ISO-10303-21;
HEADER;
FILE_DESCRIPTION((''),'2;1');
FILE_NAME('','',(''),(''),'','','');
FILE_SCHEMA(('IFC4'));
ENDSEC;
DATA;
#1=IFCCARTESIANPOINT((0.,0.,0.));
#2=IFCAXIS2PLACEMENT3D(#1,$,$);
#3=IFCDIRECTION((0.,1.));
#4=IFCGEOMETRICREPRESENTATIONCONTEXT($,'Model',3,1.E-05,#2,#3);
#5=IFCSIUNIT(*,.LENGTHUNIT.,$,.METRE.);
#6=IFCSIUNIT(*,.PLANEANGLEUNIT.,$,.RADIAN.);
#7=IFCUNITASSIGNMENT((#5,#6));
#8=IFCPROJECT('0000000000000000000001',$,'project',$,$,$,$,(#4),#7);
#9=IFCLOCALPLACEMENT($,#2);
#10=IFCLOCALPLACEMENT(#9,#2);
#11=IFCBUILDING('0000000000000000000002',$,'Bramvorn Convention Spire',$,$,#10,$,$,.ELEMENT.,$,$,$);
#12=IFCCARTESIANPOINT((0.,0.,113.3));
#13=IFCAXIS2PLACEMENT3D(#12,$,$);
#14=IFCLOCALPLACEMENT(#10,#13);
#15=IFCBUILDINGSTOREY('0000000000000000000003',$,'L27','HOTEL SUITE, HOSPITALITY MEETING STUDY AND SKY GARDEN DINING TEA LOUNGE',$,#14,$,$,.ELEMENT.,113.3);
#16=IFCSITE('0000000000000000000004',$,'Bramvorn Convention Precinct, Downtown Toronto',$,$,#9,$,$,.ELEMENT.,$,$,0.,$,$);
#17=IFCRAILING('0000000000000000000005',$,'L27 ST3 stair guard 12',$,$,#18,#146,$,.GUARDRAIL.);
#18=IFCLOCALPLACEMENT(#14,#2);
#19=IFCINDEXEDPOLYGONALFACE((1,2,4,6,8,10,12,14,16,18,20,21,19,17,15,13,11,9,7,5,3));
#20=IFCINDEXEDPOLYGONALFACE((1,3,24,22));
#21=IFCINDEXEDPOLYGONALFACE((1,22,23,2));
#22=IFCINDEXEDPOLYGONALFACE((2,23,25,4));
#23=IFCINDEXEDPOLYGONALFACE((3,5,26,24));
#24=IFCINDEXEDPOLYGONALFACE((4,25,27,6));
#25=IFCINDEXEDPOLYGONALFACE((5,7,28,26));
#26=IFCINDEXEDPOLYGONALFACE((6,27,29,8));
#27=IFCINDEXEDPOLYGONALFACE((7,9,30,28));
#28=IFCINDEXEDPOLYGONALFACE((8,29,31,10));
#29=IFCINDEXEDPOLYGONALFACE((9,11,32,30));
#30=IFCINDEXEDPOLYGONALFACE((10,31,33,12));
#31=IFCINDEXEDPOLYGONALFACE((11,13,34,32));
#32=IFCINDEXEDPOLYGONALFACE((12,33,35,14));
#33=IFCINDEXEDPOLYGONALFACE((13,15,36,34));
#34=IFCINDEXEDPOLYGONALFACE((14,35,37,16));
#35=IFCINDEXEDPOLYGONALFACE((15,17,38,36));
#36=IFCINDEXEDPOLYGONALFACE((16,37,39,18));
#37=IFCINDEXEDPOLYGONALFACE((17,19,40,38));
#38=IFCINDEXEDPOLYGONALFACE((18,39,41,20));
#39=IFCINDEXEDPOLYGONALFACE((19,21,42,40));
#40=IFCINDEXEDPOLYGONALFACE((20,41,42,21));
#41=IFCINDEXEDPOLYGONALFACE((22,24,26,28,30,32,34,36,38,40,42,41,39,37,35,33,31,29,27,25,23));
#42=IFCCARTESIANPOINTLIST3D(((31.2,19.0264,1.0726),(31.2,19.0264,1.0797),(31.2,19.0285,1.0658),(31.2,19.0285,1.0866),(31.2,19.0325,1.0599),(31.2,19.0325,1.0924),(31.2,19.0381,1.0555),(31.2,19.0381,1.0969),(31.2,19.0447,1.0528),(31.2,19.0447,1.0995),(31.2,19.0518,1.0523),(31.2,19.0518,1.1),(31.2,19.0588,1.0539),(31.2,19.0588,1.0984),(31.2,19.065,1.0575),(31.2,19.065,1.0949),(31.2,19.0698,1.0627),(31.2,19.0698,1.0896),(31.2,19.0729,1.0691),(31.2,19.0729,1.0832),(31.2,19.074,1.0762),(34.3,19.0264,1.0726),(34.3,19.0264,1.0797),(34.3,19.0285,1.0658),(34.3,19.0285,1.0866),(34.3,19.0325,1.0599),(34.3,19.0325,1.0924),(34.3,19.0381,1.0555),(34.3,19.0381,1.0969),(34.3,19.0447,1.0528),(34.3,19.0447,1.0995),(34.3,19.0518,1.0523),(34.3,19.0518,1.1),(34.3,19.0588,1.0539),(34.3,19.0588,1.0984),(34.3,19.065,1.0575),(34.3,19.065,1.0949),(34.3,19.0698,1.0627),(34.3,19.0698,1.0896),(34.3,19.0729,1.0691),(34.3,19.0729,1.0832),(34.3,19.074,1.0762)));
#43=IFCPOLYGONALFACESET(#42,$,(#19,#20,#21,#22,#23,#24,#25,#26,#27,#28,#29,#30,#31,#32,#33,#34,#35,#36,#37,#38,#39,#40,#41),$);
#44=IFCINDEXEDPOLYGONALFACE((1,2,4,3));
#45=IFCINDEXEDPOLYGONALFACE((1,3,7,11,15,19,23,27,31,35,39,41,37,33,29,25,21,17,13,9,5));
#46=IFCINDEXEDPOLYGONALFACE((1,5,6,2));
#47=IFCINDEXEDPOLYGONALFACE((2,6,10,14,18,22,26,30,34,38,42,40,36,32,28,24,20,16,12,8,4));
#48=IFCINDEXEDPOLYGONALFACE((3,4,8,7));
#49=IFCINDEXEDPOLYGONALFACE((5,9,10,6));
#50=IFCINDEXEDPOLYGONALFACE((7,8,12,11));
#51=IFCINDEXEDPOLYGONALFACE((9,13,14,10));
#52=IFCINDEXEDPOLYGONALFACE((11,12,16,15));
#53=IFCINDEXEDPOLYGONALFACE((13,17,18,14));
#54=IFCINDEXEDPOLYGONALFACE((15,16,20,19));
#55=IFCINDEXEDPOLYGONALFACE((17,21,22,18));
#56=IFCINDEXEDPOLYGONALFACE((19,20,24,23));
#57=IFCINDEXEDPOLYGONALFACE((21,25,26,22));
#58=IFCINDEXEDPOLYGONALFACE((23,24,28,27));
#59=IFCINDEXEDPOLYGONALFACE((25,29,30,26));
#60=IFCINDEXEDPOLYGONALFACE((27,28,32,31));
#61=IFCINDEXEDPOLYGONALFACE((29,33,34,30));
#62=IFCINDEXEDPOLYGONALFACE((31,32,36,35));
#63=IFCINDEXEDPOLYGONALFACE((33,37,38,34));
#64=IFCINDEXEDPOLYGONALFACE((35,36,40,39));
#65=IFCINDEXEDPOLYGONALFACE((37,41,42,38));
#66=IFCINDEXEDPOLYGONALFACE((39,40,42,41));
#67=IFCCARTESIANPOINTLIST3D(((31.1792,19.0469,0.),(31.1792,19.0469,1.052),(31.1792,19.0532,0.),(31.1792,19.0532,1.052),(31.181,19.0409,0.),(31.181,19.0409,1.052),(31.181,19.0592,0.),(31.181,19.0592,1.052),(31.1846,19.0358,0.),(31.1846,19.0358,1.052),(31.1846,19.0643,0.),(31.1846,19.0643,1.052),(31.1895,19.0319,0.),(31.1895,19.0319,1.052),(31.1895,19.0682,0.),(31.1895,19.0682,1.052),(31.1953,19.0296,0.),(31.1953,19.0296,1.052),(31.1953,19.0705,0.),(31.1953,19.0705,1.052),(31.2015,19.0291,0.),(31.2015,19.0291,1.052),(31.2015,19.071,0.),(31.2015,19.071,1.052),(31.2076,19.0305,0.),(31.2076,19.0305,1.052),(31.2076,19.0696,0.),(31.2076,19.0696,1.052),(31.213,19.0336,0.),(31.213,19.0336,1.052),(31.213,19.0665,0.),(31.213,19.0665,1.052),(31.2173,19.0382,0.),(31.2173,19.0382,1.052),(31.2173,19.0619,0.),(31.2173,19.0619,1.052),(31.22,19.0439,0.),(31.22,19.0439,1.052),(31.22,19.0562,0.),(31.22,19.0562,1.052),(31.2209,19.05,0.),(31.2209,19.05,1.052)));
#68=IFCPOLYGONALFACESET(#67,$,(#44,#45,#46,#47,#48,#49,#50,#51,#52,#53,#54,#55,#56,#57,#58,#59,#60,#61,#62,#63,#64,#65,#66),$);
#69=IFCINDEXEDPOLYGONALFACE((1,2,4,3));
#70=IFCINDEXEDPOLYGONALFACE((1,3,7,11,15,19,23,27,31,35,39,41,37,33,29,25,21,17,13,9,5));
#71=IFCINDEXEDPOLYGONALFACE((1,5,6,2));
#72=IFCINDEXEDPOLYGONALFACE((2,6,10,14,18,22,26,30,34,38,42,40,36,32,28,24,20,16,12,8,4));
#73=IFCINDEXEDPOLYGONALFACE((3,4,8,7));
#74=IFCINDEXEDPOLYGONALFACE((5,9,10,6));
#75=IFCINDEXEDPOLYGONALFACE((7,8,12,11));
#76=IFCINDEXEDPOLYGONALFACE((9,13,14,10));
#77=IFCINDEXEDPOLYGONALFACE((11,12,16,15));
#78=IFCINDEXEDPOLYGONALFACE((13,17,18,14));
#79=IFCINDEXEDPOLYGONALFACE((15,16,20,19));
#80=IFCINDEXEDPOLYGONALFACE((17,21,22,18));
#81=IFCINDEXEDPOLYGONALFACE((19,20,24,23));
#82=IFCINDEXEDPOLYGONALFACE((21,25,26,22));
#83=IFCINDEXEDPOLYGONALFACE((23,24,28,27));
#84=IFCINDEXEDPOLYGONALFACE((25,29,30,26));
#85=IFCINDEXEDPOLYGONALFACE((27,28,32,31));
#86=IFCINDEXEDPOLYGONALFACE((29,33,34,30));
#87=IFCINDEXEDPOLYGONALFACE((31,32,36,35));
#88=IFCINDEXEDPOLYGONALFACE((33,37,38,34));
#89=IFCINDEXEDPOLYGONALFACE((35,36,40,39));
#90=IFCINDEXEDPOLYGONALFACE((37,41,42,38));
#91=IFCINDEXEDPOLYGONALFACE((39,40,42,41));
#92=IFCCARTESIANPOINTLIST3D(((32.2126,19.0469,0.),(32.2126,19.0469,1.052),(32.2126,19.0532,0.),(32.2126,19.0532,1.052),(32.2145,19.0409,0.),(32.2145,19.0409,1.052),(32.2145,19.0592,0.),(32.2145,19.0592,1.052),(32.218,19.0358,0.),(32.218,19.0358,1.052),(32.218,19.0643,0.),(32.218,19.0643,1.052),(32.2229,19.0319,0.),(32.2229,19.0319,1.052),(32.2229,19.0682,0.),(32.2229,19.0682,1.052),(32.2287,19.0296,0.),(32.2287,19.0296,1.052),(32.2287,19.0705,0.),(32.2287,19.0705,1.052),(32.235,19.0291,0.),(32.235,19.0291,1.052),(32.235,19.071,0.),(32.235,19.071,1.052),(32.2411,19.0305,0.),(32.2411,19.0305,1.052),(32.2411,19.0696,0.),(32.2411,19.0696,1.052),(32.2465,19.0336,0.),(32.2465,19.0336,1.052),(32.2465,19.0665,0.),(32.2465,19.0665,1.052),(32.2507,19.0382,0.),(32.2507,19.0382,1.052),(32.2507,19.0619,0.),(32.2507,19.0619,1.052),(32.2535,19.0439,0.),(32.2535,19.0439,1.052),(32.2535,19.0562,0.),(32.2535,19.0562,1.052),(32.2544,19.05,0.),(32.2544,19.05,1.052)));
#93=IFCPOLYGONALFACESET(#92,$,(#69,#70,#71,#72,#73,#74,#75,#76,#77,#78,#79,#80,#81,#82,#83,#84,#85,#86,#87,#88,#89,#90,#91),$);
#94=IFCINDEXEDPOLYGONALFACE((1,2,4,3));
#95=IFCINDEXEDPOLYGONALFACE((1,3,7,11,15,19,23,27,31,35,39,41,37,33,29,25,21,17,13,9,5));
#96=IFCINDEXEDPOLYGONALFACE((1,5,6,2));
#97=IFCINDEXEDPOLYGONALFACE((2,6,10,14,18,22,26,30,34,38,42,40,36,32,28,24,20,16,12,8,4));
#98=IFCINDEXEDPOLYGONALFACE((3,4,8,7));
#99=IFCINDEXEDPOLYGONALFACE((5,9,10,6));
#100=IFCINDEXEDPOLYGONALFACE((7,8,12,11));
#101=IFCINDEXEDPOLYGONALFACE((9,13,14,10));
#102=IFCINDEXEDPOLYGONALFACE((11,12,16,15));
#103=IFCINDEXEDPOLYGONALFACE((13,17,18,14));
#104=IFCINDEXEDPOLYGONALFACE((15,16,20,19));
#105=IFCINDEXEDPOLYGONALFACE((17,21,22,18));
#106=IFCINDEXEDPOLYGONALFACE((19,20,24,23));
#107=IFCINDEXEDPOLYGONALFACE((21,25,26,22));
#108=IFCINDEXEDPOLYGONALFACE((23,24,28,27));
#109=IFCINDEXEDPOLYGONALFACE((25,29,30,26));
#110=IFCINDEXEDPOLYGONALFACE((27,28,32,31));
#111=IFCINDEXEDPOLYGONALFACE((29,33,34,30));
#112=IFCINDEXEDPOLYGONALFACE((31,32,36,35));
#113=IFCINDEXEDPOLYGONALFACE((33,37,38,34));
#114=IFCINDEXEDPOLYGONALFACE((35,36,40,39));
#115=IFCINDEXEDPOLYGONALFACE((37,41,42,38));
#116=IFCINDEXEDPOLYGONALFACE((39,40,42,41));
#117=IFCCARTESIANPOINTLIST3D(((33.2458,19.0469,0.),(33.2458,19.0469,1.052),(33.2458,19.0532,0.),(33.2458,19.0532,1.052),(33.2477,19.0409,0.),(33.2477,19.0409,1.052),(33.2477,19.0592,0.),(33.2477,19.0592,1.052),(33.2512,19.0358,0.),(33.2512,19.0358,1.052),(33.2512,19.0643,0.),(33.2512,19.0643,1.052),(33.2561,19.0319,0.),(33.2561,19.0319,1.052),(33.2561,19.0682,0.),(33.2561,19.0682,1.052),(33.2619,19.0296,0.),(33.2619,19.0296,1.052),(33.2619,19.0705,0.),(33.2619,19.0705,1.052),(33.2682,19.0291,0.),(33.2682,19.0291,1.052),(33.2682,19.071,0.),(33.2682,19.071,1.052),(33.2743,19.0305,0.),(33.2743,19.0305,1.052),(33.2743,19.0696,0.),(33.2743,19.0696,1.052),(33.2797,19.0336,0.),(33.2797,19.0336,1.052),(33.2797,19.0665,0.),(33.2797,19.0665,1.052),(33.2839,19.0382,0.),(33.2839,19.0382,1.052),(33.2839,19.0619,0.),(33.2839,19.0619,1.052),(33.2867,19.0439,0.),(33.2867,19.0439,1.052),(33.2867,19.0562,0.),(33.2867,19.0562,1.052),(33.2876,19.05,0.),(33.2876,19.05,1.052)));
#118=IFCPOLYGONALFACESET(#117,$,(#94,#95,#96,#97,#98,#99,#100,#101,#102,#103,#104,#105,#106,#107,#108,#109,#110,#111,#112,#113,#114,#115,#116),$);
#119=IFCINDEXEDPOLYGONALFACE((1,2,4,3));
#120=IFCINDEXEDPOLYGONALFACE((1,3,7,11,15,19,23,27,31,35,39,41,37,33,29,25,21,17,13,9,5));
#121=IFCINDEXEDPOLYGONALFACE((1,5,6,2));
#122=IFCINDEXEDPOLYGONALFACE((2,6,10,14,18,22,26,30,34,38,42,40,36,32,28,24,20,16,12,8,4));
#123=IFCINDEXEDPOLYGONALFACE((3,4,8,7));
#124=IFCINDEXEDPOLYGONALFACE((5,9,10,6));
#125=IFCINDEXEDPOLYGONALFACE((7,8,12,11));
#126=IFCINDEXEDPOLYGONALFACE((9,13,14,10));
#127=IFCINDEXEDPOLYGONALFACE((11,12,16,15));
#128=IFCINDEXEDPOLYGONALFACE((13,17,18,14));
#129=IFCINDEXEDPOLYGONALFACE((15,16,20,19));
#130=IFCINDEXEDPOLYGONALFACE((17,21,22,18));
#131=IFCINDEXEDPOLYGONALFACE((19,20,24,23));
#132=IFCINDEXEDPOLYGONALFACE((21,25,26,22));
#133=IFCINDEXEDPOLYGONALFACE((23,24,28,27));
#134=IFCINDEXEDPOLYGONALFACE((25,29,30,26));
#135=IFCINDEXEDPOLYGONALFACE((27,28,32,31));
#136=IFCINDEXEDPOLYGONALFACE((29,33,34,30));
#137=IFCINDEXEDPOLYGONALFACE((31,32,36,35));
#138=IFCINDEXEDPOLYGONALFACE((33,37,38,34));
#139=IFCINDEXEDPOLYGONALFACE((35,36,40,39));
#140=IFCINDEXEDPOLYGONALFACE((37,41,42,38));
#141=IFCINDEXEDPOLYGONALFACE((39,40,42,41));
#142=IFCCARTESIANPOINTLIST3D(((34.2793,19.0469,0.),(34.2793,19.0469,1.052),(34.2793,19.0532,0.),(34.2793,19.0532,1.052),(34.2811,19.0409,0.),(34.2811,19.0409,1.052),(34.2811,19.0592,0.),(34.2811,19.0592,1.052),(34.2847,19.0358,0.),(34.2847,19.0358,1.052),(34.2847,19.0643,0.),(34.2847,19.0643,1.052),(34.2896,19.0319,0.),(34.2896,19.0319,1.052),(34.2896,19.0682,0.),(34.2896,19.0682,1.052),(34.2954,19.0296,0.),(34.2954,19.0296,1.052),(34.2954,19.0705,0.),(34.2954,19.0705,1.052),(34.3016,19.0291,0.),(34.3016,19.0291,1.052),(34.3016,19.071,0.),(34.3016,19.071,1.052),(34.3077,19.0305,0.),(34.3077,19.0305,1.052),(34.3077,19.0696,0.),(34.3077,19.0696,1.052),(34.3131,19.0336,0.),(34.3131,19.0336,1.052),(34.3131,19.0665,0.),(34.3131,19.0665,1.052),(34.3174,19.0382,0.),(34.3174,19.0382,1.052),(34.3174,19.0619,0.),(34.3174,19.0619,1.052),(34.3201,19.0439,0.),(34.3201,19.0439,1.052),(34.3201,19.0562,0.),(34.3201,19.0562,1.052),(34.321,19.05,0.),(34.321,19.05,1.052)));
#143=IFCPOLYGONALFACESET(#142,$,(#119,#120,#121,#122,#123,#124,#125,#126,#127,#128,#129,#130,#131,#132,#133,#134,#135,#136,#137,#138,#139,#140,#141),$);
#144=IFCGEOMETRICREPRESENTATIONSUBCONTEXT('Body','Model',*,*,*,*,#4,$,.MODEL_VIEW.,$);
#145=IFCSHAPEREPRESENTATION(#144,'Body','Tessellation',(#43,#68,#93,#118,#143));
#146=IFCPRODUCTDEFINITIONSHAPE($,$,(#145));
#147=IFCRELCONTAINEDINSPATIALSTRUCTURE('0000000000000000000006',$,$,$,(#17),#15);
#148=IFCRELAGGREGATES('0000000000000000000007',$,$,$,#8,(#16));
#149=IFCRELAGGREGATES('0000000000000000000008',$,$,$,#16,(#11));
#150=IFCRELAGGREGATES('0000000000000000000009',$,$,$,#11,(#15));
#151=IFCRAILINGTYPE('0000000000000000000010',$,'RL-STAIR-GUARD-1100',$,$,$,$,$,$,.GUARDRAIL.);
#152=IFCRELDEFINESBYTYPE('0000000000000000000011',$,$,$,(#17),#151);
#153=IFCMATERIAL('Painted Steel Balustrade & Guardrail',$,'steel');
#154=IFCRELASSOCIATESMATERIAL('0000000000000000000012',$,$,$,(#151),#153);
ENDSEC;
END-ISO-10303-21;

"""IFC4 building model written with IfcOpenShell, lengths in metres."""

from ifc_helpers import new_model, si_unit, direction, frame, origin, origin_2d, place, context, subcontext, project, spatial, circle, extrude, material, type_object, element, save


model = new_model("IFC4")

# Units and contexts
model_context = context("Model", 3, precision=1e-05, world=origin(), true_north=direction((0.0, 1.0)))
body_context = subcontext(model_context, "Body", "Model", "MODEL_VIEW")
ifc_project = project(units=[si_unit("LENGTHUNIT", "METRE"), si_unit("PLANEANGLEUNIT", "RADIAN")], contexts=[model_context])

# Site, building, storey
site_placement = place(None, origin())
site = spatial("IfcSite", under=ifc_project, at=site_placement, Name="Bramvorn Convention Precinct, Downtown Toronto", CompositionType="ELEMENT", RefElevation=0.0)
building_placement = place(site_placement, origin())
building = spatial("IfcBuilding", under=site, at=building_placement, Name="Bramvorn Convention Spire", CompositionType="ELEMENT")
storey_placement = place(building_placement, frame((0.0, 0.0, 113.3)))
storey = spatial("IfcBuildingStorey", under=building, at=storey_placement, Name="L27", Description="HOTEL SUITE, HOSPITALITY MEETING STUDY AND SKY GARDEN DINING TEA LOUNGE", CompositionType="ELEMENT", Elevation=113.3)

# Railing
ifc_material_1 = material(Name="Painted Steel Balustrade & Guardrail", Category="steel")
railing_type = type_object("IfcRailingType", Name="RL-STAIR-GUARD-1100", PredefinedType="GUARDRAIL", material=ifc_material_1)
railing_1_placement = place(storey_placement, frame((31.2, 19.05, 0.0)))
element("IfcRailing", 1, at=railing_1_placement, inside=storey, type_object=railing_type, Name="L27 ST3 stair guard 12", PredefinedType="GUARDRAIL", context=body_context, shape_type="SweptSolid", body=[
    extrude(circle(Radius=0.0239, at=origin_2d()), frame((0.0, 0.0, 1.0762), z_axis=(1.0, 0.0, 0.0), x_axis=(0.0, 1.0, 0.0)), (0.0, 0.0, 1.0), 3.1001),
    extrude(circle(Radius=0.021, at=origin_2d()), origin(), (0.0, 0.0, 1.0), 1.052),
    extrude(circle(Radius=0.021, at=origin_2d()), frame((1.0334, 0.0, 0.0)), (0.0, 0.0, 1.0), 1.052),
    extrude(circle(Radius=0.021, at=origin_2d()), frame((2.0667, 0.0, 0.0)), (0.0, 0.0, 1.0), 1.052),
    extrude(circle(Radius=0.021, at=origin_2d()), frame((3.1001, 0.0, 0.0)), (0.0, 0.0, 1.0), 1.052),
])

save(model, "model.ifc")
